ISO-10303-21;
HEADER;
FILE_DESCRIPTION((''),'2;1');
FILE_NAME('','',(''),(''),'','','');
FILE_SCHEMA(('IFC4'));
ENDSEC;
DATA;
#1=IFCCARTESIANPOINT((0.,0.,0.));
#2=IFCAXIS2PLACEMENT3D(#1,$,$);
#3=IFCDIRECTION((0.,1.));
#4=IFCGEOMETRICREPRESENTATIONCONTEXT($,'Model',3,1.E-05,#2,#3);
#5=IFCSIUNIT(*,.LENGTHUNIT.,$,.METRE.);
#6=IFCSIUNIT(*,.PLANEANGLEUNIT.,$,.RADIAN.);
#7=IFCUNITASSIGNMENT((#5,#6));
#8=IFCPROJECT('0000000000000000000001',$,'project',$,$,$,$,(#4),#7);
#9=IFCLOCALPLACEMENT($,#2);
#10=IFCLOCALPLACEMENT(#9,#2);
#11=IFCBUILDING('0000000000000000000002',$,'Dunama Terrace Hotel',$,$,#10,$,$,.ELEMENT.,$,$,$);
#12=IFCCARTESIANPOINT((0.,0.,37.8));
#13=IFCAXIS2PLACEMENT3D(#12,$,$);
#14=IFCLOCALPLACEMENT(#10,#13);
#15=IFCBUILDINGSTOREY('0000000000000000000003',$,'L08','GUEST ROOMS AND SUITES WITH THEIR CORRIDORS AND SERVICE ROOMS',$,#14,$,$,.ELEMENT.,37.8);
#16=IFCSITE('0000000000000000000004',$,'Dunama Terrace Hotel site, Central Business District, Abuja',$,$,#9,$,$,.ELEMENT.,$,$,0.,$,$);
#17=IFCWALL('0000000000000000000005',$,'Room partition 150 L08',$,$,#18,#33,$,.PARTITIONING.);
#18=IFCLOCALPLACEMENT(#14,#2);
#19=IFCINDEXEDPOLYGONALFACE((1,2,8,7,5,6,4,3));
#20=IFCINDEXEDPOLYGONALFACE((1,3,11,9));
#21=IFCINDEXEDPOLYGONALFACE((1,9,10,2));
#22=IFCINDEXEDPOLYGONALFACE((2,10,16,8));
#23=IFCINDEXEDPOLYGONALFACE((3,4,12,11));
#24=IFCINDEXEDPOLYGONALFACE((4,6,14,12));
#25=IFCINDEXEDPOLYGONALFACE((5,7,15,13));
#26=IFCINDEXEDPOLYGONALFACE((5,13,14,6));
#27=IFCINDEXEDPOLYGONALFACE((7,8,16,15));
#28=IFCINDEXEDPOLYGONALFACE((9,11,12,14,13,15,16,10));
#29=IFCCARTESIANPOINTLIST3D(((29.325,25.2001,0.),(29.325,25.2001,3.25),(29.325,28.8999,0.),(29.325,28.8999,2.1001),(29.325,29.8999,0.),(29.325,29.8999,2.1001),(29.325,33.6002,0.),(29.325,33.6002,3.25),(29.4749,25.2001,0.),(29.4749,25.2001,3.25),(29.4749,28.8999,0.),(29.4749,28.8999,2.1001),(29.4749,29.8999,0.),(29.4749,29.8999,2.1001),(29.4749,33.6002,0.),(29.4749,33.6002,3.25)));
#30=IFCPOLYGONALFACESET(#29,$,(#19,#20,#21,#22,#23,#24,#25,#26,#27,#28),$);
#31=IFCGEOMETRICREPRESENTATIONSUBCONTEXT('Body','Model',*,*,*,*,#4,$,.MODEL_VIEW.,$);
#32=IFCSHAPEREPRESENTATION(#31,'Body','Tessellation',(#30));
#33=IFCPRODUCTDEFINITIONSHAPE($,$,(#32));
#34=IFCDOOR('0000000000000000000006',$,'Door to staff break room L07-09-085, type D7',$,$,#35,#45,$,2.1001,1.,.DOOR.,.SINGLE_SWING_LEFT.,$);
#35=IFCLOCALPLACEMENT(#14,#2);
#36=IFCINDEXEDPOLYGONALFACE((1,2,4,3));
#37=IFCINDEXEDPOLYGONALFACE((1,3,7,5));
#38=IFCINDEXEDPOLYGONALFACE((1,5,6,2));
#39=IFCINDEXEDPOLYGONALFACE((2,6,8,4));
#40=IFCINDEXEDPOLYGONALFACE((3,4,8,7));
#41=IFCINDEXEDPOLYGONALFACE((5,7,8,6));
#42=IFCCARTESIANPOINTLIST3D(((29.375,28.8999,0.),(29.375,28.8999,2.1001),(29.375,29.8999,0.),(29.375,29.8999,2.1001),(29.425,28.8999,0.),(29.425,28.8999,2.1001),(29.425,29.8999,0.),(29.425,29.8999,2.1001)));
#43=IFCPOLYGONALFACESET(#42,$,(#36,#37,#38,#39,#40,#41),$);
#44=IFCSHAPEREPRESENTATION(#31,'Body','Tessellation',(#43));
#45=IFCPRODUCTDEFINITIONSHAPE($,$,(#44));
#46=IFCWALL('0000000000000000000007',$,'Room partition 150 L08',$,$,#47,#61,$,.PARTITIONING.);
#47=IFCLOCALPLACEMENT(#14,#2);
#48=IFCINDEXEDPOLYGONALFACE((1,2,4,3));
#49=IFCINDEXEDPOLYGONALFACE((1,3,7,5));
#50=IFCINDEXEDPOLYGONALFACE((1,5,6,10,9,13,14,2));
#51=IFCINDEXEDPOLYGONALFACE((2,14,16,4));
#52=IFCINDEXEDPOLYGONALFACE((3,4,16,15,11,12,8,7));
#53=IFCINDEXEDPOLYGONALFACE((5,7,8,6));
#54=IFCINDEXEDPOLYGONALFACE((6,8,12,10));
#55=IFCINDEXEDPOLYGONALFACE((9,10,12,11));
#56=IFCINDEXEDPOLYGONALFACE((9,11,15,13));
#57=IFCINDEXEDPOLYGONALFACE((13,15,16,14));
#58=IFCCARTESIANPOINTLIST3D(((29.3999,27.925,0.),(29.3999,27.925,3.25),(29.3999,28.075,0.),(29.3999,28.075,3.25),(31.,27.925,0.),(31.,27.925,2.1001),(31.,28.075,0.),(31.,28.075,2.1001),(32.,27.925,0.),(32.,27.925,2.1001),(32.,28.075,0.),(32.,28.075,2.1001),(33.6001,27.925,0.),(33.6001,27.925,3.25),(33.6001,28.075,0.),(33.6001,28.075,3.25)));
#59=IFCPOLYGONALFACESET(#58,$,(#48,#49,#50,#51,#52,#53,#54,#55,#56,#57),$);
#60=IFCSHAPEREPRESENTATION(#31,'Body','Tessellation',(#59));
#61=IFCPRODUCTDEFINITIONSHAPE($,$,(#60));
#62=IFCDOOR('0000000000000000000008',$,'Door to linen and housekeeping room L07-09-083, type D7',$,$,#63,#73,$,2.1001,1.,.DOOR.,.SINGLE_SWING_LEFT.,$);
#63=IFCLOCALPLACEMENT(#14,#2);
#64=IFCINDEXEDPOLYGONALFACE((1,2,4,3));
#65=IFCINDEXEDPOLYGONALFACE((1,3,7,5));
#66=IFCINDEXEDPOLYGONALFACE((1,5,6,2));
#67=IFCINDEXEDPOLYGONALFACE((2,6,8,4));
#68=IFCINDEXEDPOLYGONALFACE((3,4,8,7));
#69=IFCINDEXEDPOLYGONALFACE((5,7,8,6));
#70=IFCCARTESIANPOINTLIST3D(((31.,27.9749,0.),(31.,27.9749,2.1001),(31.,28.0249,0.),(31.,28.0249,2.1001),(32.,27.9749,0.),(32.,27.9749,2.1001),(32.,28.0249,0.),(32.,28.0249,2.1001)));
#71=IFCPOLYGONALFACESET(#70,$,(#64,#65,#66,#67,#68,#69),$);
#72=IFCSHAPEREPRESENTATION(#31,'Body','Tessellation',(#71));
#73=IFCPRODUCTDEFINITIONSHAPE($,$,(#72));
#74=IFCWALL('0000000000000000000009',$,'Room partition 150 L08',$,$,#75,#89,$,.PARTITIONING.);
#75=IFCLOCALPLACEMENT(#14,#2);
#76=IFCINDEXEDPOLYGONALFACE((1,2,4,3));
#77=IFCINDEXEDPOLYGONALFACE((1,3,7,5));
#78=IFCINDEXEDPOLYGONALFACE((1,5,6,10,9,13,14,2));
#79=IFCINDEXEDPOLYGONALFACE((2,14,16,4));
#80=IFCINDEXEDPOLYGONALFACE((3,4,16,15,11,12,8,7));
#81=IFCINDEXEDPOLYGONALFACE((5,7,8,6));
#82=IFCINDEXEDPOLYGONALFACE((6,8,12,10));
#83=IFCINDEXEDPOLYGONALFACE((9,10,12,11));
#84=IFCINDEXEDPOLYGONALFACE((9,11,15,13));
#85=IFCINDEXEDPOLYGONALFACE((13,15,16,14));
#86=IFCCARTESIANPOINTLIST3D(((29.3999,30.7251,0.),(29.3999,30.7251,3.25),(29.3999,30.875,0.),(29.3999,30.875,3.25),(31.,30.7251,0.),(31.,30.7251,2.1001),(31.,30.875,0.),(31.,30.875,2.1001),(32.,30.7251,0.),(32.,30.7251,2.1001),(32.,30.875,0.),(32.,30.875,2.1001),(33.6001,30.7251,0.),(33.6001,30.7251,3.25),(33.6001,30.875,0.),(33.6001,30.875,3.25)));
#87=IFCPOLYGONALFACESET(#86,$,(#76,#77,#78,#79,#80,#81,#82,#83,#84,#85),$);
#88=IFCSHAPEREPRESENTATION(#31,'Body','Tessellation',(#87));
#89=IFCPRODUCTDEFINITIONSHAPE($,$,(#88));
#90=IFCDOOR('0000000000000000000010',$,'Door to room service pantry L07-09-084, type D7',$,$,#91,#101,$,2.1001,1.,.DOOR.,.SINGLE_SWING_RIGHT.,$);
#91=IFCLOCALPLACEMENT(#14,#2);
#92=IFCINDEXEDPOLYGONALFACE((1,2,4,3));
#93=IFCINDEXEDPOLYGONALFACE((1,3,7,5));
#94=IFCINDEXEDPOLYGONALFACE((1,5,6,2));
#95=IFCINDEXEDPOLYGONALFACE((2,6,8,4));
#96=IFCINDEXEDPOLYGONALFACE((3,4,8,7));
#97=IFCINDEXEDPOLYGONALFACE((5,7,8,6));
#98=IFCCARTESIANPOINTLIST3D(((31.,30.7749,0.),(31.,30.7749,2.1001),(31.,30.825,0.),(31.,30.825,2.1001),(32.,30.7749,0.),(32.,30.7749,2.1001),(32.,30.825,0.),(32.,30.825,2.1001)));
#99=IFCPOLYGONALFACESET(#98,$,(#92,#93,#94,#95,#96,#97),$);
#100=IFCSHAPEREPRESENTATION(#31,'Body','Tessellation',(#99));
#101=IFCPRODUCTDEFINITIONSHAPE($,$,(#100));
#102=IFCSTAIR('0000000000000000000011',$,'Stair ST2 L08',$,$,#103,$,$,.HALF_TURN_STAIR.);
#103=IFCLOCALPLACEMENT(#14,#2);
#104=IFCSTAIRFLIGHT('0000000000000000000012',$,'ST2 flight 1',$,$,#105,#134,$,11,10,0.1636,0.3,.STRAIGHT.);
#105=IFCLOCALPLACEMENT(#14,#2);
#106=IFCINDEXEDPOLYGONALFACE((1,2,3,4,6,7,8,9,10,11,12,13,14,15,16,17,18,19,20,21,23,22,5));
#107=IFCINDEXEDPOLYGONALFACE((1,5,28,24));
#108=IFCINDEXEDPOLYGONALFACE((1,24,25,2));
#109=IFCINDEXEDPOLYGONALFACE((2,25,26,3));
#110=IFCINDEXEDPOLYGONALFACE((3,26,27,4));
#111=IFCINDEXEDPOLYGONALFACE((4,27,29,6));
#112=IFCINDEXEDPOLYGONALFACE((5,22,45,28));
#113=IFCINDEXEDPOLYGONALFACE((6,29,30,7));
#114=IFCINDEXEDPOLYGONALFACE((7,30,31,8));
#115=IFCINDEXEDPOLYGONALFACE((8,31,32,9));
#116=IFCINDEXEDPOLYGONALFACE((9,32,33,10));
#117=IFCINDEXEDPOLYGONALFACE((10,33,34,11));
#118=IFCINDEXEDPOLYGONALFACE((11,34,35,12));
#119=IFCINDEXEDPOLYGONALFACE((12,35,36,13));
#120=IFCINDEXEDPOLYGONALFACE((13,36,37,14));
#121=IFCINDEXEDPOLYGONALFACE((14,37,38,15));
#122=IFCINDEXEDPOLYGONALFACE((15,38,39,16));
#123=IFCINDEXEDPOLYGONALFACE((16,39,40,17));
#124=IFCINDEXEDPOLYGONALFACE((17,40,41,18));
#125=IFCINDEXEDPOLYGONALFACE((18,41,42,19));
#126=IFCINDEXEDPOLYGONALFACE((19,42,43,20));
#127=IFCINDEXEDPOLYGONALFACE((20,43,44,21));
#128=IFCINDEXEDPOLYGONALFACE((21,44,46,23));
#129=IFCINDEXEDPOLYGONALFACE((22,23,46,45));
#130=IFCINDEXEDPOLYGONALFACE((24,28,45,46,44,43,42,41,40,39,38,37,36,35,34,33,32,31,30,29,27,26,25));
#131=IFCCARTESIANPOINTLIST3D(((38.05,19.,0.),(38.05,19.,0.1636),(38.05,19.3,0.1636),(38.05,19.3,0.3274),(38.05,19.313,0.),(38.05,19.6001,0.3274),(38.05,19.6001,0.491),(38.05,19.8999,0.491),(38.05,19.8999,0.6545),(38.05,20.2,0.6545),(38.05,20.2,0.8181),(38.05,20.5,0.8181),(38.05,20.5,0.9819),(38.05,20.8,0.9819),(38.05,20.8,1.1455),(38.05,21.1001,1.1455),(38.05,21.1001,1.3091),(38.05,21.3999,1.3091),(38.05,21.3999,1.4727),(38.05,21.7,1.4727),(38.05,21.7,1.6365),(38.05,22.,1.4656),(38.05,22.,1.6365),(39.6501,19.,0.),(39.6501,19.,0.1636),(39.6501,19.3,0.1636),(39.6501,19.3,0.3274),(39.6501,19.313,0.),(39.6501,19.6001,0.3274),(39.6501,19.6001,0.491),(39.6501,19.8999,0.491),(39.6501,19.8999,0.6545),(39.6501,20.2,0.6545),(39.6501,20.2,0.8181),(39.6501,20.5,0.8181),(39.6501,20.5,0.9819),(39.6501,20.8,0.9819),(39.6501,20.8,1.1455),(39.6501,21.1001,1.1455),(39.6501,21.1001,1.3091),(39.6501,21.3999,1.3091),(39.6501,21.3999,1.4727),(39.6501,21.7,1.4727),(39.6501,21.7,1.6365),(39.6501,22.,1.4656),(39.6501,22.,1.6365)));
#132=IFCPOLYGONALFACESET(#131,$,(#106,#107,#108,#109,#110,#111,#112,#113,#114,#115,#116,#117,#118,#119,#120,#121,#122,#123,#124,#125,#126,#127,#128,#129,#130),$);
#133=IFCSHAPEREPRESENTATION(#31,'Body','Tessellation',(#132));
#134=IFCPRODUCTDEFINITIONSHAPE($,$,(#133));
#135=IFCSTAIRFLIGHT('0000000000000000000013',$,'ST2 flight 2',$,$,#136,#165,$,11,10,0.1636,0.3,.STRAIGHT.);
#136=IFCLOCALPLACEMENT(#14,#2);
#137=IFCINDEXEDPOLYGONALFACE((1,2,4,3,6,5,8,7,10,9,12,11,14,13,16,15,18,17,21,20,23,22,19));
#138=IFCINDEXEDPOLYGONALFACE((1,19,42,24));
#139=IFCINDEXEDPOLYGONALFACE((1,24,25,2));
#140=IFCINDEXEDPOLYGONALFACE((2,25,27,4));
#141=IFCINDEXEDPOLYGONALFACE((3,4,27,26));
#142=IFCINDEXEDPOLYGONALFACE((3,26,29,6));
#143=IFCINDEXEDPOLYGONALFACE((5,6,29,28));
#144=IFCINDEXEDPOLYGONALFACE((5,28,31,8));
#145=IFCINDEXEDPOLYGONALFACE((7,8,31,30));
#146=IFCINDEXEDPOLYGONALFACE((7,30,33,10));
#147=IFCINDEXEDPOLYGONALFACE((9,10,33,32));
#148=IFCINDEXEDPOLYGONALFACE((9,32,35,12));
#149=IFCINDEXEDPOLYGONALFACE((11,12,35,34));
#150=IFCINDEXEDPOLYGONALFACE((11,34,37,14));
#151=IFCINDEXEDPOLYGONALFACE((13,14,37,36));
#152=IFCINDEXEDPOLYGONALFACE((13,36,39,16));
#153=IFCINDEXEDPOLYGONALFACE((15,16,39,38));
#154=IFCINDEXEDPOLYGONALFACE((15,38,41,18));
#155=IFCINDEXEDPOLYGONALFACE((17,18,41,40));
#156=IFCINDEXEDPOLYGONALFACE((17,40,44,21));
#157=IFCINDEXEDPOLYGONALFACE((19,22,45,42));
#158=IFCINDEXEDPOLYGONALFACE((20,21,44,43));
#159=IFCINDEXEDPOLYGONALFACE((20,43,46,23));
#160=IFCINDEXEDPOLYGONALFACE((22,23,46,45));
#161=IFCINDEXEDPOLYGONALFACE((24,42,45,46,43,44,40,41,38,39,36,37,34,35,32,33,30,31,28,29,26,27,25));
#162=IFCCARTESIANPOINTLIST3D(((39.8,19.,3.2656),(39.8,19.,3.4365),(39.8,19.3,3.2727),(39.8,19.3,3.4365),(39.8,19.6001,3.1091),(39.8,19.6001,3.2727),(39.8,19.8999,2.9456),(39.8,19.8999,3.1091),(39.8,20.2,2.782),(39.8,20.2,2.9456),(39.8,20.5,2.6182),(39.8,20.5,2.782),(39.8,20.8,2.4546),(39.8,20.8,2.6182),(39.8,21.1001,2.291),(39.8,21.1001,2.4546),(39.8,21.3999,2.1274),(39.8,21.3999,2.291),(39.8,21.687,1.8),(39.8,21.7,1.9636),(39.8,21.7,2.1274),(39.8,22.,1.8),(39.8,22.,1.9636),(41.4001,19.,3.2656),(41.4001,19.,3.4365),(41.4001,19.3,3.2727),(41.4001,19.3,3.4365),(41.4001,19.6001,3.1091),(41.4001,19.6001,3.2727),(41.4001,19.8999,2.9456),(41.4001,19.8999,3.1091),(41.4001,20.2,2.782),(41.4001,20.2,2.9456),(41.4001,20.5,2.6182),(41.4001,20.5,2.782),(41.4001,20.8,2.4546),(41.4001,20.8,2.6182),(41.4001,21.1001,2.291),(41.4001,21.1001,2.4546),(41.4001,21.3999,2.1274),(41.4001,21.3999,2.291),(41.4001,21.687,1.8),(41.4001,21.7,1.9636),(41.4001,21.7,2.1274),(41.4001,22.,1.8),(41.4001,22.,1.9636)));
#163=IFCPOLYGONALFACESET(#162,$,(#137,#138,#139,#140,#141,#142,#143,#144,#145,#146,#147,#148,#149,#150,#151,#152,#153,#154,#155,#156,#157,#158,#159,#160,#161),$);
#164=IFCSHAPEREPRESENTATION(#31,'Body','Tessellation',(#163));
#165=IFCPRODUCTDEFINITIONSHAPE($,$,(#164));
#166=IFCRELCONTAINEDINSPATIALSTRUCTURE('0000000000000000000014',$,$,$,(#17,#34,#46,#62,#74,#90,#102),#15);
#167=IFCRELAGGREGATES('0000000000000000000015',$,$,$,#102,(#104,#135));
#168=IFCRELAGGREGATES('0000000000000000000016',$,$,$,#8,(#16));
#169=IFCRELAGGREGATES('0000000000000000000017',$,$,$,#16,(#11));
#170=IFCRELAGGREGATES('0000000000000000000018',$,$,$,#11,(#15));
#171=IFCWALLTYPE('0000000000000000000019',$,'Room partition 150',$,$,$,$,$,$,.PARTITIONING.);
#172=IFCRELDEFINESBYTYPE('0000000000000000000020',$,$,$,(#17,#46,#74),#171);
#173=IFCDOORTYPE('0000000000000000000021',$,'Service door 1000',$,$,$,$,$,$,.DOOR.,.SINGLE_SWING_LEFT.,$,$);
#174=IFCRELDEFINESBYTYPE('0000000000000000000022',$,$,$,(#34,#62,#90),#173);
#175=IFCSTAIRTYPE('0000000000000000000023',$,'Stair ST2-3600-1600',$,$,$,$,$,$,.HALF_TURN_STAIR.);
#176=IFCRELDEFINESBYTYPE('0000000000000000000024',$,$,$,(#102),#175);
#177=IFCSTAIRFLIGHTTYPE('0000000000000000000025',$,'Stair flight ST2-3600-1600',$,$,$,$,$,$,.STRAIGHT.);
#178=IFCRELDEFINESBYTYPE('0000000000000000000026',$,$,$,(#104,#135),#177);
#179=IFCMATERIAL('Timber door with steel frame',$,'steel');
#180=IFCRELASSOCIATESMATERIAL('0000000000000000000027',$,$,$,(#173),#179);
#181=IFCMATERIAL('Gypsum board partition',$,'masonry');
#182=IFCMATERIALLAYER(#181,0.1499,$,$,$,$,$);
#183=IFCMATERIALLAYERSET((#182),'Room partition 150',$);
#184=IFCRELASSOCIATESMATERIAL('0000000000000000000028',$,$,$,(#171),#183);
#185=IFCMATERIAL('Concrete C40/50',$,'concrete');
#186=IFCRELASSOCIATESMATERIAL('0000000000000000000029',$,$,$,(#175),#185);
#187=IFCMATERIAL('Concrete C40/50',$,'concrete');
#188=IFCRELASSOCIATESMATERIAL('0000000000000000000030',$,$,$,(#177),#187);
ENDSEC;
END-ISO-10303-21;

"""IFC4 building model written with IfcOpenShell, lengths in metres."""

from ifc_helpers import new_model, si_unit, direction, frame, frame_2d, origin, place, context, subcontext, project, spatial, polyline, rectangle, outline, extrude, material, layer, layer_set, type_object, element, fill, aggregate, save


model = new_model("IFC4")

# Units and contexts
model_context = context("Model", 3, precision=1e-05, world=origin(), true_north=direction((0.0, 1.0)))
body_context = subcontext(model_context, "Body", "Model", "MODEL_VIEW")
ifc_project = project(units=[si_unit("LENGTHUNIT", "METRE"), si_unit("PLANEANGLEUNIT", "RADIAN")], contexts=[model_context])

# Site, building, storey
site_placement = place(None, origin())
site = spatial("IfcSite", under=ifc_project, at=site_placement, Name="Dunama Terrace Hotel site, Central Business District, Abuja", CompositionType="ELEMENT", RefElevation=0.0)
building_placement = place(site_placement, origin())
building = spatial("IfcBuilding", under=site, at=building_placement, Name="Dunama Terrace Hotel", CompositionType="ELEMENT")
storey_placement = place(building_placement, frame((0.0, 0.0, 37.8)))
storey = spatial("IfcBuildingStorey", under=building, at=storey_placement, Name="L08", Description="GUEST ROOMS AND SUITES WITH THEIR CORRIDORS AND SERVICE ROOMS", CompositionType="ELEMENT", Elevation=37.8)

# Shared definitions
ifc_material_1 = material(Name="Timber door with steel frame", Category="steel")
door_type_1 = type_object("IfcDoorType", Name="Service door 1000", OperationType="SINGLE_SWING_LEFT", PredefinedType="DOOR", material=ifc_material_1)

# Walls, openings, doors
ifc_material_2 = material(Name="Gypsum board partition", Category="masonry")
ifc_layer_1 = layer(ifc_material_2, 0.1499)
ifc_layer_set_1 = layer_set([ifc_layer_1], Name="Room partition 150")
wall_type_1 = type_object("IfcWallType", Name="Room partition 150", PredefinedType="PARTITIONING", material=ifc_layer_set_1)
wall_1_placement = place(storey_placement, frame((29.3999, 25.2, 0.0), z_axis=(0.0, 0.0, 1.0), x_axis=(0.0, 1.0, 0.0)))
wall_1 = element("IfcWall", 1, at=wall_1_placement, inside=storey, type_object=wall_type_1, Name="Room partition 150 L08", PredefinedType="PARTITIONING", context=body_context, shape_type="SweptSolid", body=[
    extrude(rectangle(XDim=8.4001, YDim=0.1499, at=frame_2d((4.2002, 0.0))), origin(), (0.0, 0.0, 1.0), 3.25),
])
opening_1_placement = place(wall_1_placement, frame((3.7, 0.0, 0.0)))
opening_1 = element("IfcOpeningElement", 2, at=opening_1_placement, cuts=wall_1, PredefinedType="OPENING", context=body_context, shape_type="SweptSolid", body=[
    extrude(rectangle(XDim=1.0, YDim=2.1001, at=frame_2d((0.5, 1.05))), frame((0.0, 0.085, 0.0), z_axis=(0.0, -1.0, 0.0), x_axis=(1.0, 0.0, 0.0)), (0.0, 0.0, 1.0), 0.1699),
])
door_1_placement = place(opening_1_placement, origin())
door_1 = element("IfcDoor", 3, at=door_1_placement, inside=storey, type_object=door_type_1, Name="Door to staff break room L07-09-085, type D7", OperationType="SINGLE_SWING_LEFT", OverallHeight=2.1001, OverallWidth=1.0, PredefinedType="DOOR", context=body_context, shape_type="SweptSolid", body=[
    extrude(rectangle(XDim=1.0, YDim=2.1001, at=frame_2d((0.5, 1.05))), frame((0.0, 0.0249, 0.0), z_axis=(0.0, -1.0, 0.0), x_axis=(1.0, 0.0, 0.0)), (0.0, 0.0, 1.0), 0.05),
])
fill(opening_1, door_1)
wall_2_placement = place(storey_placement, frame((29.3999, 28.0, 0.0), z_axis=(0.0, 0.0, 1.0), x_axis=(1.0, 0.0, 0.0)))
wall_2 = element("IfcWall", 4, at=wall_2_placement, inside=storey, type_object=wall_type_1, Name="Room partition 150 L08", PredefinedType="PARTITIONING", context=body_context, shape_type="SweptSolid", body=[
    extrude(rectangle(XDim=4.2002, YDim=0.1499, at=frame_2d((2.1001, 0.0))), origin(), (0.0, 0.0, 1.0), 3.25),
])
opening_2_placement = place(wall_2_placement, frame((1.6001, 0.0, 0.0)))
opening_2 = element("IfcOpeningElement", 5, at=opening_2_placement, cuts=wall_2, PredefinedType="OPENING", context=body_context, shape_type="SweptSolid", body=[
    extrude(rectangle(XDim=1.0, YDim=2.1001, at=frame_2d((0.5, 1.05))), frame((0.0, 0.085, 0.0), z_axis=(0.0, -1.0, 0.0), x_axis=(1.0, 0.0, 0.0)), (0.0, 0.0, 1.0), 0.1699),
])
door_2_placement = place(opening_2_placement, frame((1.0, 0.0, 0.0), z_axis=(0.0, 0.0, 1.0), x_axis=(-1.0, 0.0, 0.0)))
door_2 = element("IfcDoor", 6, at=door_2_placement, inside=storey, type_object=door_type_1, Name="Door to linen and housekeeping room L07-09-083, type D7", OperationType="SINGLE_SWING_LEFT", OverallHeight=2.1001, OverallWidth=1.0, PredefinedType="DOOR", context=body_context, shape_type="SweptSolid", body=[
    extrude(rectangle(XDim=1.0, YDim=2.1001, at=frame_2d((0.5, 1.05))), frame((0.0, 0.0251, 0.0), z_axis=(0.0, -1.0, 0.0), x_axis=(1.0, 0.0, 0.0)), (0.0, 0.0, 1.0), 0.05),
])
fill(opening_2, door_2)
wall_3_placement = place(storey_placement, frame((29.3999, 30.8, 0.0), z_axis=(0.0, 0.0, 1.0), x_axis=(1.0, 0.0, 0.0)))
wall_3 = element("IfcWall", 7, at=wall_3_placement, inside=storey, type_object=wall_type_1, Name="Room partition 150 L08", PredefinedType="PARTITIONING", context=body_context, shape_type="SweptSolid", body=[
    extrude(rectangle(XDim=4.2002, YDim=0.1499, at=frame_2d((2.1001, 0.0))), origin(), (0.0, 0.0, 1.0), 3.25),
])
opening_3_placement = place(wall_3_placement, frame((1.6001, 0.0, 0.0)))
opening_3 = element("IfcOpeningElement", 8, at=opening_3_placement, cuts=wall_3, PredefinedType="OPENING", context=body_context, shape_type="SweptSolid", body=[
    extrude(rectangle(XDim=1.0, YDim=2.1001, at=frame_2d((0.5, 1.05))), frame((0.0, 0.085, 0.0), z_axis=(0.0, -1.0, 0.0), x_axis=(1.0, 0.0, 0.0)), (0.0, 0.0, 1.0), 0.1699),
])
door_3_placement = place(opening_3_placement, origin())
door_3 = element("IfcDoor", 9, at=door_3_placement, inside=storey, type_object=door_type_1, Name="Door to room service pantry L07-09-084, type D7", OperationType="SINGLE_SWING_RIGHT", OverallHeight=2.1001, OverallWidth=1.0, PredefinedType="DOOR", context=body_context, shape_type="SweptSolid", body=[
    extrude(rectangle(XDim=1.0, YDim=2.1001, at=frame_2d((0.5, 1.05))), frame((0.0, 0.0249, 0.0), z_axis=(0.0, -1.0, 0.0), x_axis=(1.0, 0.0, 0.0)), (0.0, 0.0, 1.0), 0.05),
])
fill(opening_3, door_3)

# Stair, stair flights
ifc_material_3 = material(Name="Concrete C40/50", Category="concrete")
stair_type = type_object("IfcStairType", Name="Stair ST2-3600-1600", PredefinedType="HALF_TURN_STAIR", material=ifc_material_3)
stair_placement = place(storey_placement, origin())
stair = element("IfcStair", 10, at=stair_placement, inside=storey, type_object=stair_type, Name="Stair ST2 L08", PredefinedType="HALF_TURN_STAIR")
ifc_material_4 = material(Name="Concrete C40/50", Category="concrete")
stair_flight_type = type_object("IfcStairFlightType", Name="Stair flight ST2-3600-1600", PredefinedType="STRAIGHT", material=ifc_material_4)
stair_flight_1_placement = place(storey_placement, frame((38.8501, 19.0, 0.0), z_axis=(0.0, 0.0, 1.0), x_axis=(0.0, 1.0, 0.0)))
stair_flight_1 = element("IfcStairFlight", 11, at=stair_flight_1_placement, type_object=stair_flight_type, Name="ST2 flight 1", NumberOfRisers=11, NumberOfTreads=10, PredefinedType="STRAIGHT", RiserHeight=0.1636, TreadLength=0.3, context=body_context, shape_type="SweptSolid", body=[
    extrude(outline(polyline([(0.0, 0.0), (0.0, 0.1636), (0.3, 0.1636), (0.3, 0.3274), (0.6001, 0.3274), (0.6001, 0.491), (0.8999, 0.491), (0.8999, 0.6545), (1.2, 0.6545), (1.2, 0.8181), (1.5, 0.8181), (1.5, 0.9819), (1.8, 0.9819), (1.8, 1.1455), (2.1001, 1.1455), (2.1001, 1.3091), (2.3999, 1.3091), (2.3999, 1.4727), (2.7, 1.4727), (2.7, 1.6365), (3.0, 1.6365), (3.0, 1.8), (3.0, 1.4656), (0.313, 0.0), (0.0, 0.0)])), frame((0.0, 0.8, 0.0), z_axis=(0.0, -1.0, 0.0), x_axis=(1.0, 0.0, 0.0)), (0.0, 0.0, 1.0), 1.6001),
])
stair_flight_2_placement = place(storey_placement, frame((40.6001, 22.0, 1.8), z_axis=(0.0, 0.0, 1.0), x_axis=(0.0, -1.0, 0.0)))
stair_flight_2 = element("IfcStairFlight", 12, at=stair_flight_2_placement, type_object=stair_flight_type, Name="ST2 flight 2", NumberOfRisers=11, NumberOfTreads=10, PredefinedType="STRAIGHT", RiserHeight=0.1636, TreadLength=0.3, context=body_context, shape_type="SweptSolid", body=[
    extrude(outline(polyline([(0.0, 0.0), (0.0, 0.1636), (0.3, 0.1636), (0.3, 0.3274), (0.6001, 0.3274), (0.6001, 0.491), (0.8999, 0.491), (0.8999, 0.6545), (1.2, 0.6545), (1.2, 0.8181), (1.5, 0.8181), (1.5, 0.9819), (1.8, 0.9819), (1.8, 1.1455), (2.1001, 1.1455), (2.1001, 1.3091), (2.3999, 1.3091), (2.3999, 1.4727), (2.7, 1.4727), (2.7, 1.6365), (3.0, 1.6365), (3.0, 1.8), (3.0, 1.4656), (0.313, 0.0), (0.0, 0.0)])), frame((0.0, 0.8, 0.0), z_axis=(0.0, -1.0, 0.0), x_axis=(1.0, 0.0, 0.0)), (0.0, 0.0, 1.0), 1.6001),
])
aggregate(stair, [stair_flight_1, stair_flight_2])

save(model, "model.ifc")
